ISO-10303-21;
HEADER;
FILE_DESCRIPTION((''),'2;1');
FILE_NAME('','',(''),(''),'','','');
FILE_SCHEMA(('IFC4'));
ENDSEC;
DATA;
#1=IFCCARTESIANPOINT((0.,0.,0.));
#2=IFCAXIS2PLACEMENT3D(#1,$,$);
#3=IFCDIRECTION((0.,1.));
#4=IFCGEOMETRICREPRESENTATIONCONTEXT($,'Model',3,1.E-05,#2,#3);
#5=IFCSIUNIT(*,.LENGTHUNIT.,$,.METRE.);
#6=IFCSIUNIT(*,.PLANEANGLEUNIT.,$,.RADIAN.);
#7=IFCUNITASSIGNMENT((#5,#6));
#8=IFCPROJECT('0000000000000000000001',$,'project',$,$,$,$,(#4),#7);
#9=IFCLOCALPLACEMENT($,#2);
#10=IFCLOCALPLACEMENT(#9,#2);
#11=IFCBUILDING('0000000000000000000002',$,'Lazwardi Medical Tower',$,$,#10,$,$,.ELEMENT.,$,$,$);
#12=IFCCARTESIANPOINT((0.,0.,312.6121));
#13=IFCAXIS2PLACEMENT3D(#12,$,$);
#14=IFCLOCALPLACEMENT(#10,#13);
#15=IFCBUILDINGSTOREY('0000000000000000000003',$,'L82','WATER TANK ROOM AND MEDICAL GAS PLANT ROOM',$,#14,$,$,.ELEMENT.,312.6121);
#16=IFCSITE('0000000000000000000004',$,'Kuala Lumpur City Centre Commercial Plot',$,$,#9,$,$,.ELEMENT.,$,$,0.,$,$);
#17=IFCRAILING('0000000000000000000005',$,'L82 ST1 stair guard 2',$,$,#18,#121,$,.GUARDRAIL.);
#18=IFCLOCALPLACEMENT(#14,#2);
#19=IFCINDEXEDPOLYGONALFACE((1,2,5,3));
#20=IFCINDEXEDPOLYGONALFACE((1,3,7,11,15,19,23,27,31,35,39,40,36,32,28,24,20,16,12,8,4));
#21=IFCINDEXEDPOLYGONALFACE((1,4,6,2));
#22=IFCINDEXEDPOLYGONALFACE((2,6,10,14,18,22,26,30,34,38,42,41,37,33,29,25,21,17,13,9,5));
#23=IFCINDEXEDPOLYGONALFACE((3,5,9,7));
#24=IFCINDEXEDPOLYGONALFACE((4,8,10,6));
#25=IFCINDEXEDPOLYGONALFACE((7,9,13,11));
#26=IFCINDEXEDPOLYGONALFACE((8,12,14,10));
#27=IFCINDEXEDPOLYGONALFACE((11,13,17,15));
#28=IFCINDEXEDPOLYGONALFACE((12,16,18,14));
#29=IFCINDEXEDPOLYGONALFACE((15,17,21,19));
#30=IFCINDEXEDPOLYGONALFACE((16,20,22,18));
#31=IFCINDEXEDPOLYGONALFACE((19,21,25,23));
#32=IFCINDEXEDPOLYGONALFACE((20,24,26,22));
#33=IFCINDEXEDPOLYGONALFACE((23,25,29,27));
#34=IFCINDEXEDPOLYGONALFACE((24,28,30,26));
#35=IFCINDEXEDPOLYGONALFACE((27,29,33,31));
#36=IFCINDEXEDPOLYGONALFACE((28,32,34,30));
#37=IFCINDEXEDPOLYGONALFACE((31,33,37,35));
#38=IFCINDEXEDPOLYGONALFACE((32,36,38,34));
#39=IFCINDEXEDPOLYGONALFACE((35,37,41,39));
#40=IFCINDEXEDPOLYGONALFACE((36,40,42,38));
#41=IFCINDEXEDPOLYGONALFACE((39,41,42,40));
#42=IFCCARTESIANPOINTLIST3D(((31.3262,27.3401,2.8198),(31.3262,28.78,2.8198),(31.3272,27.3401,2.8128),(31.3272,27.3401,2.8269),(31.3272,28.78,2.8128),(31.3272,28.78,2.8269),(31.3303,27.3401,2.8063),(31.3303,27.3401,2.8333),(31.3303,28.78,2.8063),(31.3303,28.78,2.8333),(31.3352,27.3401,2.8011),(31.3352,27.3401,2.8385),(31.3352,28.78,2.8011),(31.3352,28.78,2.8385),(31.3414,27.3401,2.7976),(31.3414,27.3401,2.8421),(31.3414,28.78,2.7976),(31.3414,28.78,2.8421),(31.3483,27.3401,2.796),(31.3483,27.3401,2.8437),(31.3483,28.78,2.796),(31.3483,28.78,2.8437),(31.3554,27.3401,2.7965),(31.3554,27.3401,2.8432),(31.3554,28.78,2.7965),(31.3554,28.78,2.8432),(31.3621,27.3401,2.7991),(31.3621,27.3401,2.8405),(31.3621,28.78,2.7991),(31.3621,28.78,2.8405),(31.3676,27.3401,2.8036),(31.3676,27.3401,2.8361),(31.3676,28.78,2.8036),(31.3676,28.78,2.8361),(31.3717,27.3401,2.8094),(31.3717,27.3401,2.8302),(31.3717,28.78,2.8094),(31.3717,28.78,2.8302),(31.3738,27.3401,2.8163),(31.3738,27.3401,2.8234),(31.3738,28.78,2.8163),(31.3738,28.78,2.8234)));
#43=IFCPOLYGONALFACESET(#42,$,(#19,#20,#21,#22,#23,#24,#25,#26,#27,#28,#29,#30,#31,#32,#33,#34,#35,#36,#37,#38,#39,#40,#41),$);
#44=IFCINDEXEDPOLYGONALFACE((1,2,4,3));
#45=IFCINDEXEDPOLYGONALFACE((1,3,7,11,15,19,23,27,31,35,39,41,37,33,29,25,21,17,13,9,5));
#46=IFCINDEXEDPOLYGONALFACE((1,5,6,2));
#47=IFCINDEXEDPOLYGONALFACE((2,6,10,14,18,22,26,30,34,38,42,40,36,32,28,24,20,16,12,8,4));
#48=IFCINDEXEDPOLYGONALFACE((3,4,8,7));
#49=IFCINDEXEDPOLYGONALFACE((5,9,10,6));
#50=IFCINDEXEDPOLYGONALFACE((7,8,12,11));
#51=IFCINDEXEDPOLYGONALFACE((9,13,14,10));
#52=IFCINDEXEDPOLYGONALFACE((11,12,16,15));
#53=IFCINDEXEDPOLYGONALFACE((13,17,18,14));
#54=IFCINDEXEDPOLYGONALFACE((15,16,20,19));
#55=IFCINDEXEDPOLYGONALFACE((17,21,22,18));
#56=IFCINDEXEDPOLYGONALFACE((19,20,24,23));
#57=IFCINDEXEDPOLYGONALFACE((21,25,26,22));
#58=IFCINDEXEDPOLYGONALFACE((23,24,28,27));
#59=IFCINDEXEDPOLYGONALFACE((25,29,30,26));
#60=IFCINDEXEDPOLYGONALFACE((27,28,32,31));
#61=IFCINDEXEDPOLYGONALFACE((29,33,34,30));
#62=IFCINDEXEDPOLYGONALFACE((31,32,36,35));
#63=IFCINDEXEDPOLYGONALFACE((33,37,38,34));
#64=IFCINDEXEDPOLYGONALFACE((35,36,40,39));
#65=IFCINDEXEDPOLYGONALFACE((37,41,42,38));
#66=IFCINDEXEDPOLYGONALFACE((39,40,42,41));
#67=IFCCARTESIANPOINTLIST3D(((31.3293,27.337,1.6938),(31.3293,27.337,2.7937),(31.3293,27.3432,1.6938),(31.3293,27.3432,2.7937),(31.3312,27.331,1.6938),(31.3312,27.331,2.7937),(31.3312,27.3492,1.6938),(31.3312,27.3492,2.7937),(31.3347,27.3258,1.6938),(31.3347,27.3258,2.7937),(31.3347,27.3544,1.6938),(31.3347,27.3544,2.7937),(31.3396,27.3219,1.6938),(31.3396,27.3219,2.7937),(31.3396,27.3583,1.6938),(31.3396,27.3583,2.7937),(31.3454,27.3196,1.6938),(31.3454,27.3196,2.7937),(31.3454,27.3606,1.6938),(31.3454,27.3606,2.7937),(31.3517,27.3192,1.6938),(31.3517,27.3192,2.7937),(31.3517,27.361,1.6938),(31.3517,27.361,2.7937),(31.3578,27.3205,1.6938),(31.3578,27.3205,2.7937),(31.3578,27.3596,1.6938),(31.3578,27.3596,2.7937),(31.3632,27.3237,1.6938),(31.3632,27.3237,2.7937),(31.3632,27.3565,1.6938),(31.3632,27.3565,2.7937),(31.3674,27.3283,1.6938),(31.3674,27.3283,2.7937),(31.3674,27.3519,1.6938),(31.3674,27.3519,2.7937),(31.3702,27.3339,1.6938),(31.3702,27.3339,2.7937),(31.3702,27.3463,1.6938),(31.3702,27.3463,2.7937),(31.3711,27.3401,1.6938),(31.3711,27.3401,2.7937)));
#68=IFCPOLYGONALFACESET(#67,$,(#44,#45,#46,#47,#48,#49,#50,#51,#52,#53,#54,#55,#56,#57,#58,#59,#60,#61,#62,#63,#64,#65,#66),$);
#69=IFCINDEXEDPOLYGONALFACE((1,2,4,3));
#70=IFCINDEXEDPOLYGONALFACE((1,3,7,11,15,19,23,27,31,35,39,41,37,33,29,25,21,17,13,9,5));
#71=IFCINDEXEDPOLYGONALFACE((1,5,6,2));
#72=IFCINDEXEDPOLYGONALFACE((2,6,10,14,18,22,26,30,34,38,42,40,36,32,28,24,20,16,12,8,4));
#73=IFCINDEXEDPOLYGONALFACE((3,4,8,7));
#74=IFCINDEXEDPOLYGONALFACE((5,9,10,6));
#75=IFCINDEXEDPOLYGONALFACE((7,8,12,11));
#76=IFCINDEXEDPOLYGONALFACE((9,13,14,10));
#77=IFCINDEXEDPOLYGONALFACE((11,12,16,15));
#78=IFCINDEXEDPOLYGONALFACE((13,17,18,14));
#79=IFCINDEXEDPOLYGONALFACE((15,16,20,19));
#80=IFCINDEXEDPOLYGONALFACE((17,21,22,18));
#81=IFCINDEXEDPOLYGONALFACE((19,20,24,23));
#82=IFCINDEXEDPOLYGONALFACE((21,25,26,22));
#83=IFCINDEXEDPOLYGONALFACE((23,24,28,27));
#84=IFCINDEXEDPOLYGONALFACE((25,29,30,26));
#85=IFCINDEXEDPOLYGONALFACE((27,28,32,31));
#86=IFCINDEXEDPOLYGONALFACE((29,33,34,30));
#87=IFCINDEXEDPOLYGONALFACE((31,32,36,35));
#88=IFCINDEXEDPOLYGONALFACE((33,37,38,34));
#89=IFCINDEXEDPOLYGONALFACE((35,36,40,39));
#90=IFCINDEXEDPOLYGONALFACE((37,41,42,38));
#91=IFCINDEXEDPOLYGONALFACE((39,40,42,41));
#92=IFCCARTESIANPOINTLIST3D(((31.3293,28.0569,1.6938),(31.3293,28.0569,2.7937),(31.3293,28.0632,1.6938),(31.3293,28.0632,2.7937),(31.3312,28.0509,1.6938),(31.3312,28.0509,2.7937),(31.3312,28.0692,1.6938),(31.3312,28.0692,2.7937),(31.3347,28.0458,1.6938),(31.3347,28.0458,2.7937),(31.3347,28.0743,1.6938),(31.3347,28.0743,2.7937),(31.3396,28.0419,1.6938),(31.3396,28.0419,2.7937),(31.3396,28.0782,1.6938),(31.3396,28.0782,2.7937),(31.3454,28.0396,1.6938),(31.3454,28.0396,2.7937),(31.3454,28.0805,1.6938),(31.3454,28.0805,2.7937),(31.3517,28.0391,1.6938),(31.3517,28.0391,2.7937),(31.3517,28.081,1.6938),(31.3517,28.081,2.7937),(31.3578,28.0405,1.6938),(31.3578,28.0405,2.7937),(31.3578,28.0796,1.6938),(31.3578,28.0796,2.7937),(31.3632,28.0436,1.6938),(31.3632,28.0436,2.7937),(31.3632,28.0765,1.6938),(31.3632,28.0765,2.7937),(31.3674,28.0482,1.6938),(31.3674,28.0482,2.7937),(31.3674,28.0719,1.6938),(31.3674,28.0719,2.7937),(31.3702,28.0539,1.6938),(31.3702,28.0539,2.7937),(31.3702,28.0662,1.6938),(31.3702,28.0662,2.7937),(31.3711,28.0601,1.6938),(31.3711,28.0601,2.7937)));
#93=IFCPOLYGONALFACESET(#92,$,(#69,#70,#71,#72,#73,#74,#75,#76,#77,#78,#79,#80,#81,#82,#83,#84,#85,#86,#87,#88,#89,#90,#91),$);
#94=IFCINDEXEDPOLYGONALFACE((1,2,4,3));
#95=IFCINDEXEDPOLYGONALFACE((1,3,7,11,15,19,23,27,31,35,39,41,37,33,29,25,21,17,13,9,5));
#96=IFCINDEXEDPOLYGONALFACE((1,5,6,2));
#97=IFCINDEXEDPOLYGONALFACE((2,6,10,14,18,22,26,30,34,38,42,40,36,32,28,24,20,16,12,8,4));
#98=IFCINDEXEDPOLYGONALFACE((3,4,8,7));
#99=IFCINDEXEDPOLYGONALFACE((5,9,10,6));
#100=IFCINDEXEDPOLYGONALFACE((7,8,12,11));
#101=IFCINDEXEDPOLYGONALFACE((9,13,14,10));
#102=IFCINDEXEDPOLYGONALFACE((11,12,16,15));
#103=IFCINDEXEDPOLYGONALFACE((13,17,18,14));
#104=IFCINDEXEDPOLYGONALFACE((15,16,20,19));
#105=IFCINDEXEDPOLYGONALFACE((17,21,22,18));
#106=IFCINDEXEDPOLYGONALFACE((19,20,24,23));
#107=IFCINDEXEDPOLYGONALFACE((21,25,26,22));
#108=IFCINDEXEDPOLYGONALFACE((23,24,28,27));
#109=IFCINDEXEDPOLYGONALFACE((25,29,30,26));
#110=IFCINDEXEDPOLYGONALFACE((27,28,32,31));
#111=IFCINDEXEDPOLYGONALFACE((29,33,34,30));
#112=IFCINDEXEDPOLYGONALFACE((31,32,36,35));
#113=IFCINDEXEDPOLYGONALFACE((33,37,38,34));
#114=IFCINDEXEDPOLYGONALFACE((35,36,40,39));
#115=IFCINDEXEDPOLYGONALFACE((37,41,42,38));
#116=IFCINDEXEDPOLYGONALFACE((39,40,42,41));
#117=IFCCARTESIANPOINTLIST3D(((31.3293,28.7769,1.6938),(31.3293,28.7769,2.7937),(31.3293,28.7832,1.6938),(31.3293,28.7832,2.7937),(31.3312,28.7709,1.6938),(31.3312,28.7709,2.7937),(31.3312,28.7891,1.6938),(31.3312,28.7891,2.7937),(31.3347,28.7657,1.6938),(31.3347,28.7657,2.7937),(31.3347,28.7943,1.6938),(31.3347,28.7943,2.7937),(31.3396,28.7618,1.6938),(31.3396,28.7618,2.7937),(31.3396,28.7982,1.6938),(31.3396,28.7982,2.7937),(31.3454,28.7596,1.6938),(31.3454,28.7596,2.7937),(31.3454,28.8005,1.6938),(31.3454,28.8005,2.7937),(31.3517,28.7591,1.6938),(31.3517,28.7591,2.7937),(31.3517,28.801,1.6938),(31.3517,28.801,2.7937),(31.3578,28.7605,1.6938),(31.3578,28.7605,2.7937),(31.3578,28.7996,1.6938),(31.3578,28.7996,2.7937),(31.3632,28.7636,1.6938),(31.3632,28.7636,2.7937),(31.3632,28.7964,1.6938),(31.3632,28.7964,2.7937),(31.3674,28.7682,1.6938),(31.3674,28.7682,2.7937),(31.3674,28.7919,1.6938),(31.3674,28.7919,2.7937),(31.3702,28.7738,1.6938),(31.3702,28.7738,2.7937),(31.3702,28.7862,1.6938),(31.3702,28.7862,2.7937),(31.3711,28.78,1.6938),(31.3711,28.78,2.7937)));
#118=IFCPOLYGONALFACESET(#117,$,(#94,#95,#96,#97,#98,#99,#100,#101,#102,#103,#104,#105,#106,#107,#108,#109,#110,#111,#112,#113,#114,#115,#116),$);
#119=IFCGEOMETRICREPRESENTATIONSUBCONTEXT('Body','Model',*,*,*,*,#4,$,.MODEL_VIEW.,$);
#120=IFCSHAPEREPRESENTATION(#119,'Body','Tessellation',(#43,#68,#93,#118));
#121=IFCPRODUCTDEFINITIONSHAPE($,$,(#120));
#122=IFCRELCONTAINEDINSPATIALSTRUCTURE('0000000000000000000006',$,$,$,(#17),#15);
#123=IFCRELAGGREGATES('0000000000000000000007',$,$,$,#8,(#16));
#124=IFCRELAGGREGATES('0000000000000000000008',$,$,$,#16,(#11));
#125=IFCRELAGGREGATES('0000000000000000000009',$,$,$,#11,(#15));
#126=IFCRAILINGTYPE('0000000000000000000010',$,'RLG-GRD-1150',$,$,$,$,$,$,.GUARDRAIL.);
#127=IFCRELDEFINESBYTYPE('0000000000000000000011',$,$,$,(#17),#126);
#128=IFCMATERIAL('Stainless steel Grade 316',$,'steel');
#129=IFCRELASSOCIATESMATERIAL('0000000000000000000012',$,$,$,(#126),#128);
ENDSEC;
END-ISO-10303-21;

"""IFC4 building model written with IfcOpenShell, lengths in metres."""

from ifc_helpers import new_model, si_unit, direction, frame, origin, origin_2d, place, context, subcontext, project, spatial, circle, extrude, material, type_object, element, save


model = new_model("IFC4")

# Units and contexts
model_context = context("Model", 3, precision=1e-05, world=origin(), true_north=direction((0.0, 1.0)))
body_context = subcontext(model_context, "Body", "Model", "MODEL_VIEW")
ifc_project = project(units=[si_unit("LENGTHUNIT", "METRE"), si_unit("PLANEANGLEUNIT", "RADIAN")], contexts=[model_context])

# Site, building, storey
site_placement = place(None, origin())
site = spatial("IfcSite", under=ifc_project, at=site_placement, Name="Kuala Lumpur City Centre Commercial Plot", CompositionType="ELEMENT", RefElevation=0.0)
building_placement = place(site_placement, origin())
building = spatial("IfcBuilding", under=site, at=building_placement, Name="Lazwardi Medical Tower", CompositionType="ELEMENT")
storey_placement = place(building_placement, frame((0.0, 0.0, 312.6121)))
storey = spatial("IfcBuildingStorey", under=building, at=storey_placement, Name="L82", Description="WATER TANK ROOM AND MEDICAL GAS PLANT ROOM", CompositionType="ELEMENT", Elevation=312.6121)

# Railing
ifc_material_1 = material(Name="Stainless steel Grade 316", Category="steel")
railing_type_1 = type_object("IfcRailingType", Name="RLG-GRD-1150", PredefinedType="GUARDRAIL", material=ifc_material_1)
railing_1_placement = place(storey_placement, frame((31.3501, 27.3401, 1.6938)))
element("IfcRailing", 1, at=railing_1_placement, inside=storey, type_object=railing_type_1, Name="L82 ST1 stair guard 2", PredefinedType="GUARDRAIL", context=body_context, shape_type="SweptSolid", body=[
    extrude(circle(Radius=0.0239, at=origin_2d()), frame((0.0, 0.0, 1.126), z_axis=(0.0, 1.0, 0.0), x_axis=(-1.0, 0.0, 0.0)), (0.0, 0.0, 1.0), 1.4399),
    extrude(circle(Radius=0.021, at=origin_2d()), origin(), (0.0, 0.0, 1.0), 1.0999),
    extrude(circle(Radius=0.021, at=origin_2d()), frame((0.0, 0.72, 0.0)), (0.0, 0.0, 1.0), 1.0999),
    extrude(circle(Radius=0.021, at=origin_2d()), frame((0.0, 1.4399, 0.0)), (0.0, 0.0, 1.0), 1.0999),
])

save(model, "model.ifc")
